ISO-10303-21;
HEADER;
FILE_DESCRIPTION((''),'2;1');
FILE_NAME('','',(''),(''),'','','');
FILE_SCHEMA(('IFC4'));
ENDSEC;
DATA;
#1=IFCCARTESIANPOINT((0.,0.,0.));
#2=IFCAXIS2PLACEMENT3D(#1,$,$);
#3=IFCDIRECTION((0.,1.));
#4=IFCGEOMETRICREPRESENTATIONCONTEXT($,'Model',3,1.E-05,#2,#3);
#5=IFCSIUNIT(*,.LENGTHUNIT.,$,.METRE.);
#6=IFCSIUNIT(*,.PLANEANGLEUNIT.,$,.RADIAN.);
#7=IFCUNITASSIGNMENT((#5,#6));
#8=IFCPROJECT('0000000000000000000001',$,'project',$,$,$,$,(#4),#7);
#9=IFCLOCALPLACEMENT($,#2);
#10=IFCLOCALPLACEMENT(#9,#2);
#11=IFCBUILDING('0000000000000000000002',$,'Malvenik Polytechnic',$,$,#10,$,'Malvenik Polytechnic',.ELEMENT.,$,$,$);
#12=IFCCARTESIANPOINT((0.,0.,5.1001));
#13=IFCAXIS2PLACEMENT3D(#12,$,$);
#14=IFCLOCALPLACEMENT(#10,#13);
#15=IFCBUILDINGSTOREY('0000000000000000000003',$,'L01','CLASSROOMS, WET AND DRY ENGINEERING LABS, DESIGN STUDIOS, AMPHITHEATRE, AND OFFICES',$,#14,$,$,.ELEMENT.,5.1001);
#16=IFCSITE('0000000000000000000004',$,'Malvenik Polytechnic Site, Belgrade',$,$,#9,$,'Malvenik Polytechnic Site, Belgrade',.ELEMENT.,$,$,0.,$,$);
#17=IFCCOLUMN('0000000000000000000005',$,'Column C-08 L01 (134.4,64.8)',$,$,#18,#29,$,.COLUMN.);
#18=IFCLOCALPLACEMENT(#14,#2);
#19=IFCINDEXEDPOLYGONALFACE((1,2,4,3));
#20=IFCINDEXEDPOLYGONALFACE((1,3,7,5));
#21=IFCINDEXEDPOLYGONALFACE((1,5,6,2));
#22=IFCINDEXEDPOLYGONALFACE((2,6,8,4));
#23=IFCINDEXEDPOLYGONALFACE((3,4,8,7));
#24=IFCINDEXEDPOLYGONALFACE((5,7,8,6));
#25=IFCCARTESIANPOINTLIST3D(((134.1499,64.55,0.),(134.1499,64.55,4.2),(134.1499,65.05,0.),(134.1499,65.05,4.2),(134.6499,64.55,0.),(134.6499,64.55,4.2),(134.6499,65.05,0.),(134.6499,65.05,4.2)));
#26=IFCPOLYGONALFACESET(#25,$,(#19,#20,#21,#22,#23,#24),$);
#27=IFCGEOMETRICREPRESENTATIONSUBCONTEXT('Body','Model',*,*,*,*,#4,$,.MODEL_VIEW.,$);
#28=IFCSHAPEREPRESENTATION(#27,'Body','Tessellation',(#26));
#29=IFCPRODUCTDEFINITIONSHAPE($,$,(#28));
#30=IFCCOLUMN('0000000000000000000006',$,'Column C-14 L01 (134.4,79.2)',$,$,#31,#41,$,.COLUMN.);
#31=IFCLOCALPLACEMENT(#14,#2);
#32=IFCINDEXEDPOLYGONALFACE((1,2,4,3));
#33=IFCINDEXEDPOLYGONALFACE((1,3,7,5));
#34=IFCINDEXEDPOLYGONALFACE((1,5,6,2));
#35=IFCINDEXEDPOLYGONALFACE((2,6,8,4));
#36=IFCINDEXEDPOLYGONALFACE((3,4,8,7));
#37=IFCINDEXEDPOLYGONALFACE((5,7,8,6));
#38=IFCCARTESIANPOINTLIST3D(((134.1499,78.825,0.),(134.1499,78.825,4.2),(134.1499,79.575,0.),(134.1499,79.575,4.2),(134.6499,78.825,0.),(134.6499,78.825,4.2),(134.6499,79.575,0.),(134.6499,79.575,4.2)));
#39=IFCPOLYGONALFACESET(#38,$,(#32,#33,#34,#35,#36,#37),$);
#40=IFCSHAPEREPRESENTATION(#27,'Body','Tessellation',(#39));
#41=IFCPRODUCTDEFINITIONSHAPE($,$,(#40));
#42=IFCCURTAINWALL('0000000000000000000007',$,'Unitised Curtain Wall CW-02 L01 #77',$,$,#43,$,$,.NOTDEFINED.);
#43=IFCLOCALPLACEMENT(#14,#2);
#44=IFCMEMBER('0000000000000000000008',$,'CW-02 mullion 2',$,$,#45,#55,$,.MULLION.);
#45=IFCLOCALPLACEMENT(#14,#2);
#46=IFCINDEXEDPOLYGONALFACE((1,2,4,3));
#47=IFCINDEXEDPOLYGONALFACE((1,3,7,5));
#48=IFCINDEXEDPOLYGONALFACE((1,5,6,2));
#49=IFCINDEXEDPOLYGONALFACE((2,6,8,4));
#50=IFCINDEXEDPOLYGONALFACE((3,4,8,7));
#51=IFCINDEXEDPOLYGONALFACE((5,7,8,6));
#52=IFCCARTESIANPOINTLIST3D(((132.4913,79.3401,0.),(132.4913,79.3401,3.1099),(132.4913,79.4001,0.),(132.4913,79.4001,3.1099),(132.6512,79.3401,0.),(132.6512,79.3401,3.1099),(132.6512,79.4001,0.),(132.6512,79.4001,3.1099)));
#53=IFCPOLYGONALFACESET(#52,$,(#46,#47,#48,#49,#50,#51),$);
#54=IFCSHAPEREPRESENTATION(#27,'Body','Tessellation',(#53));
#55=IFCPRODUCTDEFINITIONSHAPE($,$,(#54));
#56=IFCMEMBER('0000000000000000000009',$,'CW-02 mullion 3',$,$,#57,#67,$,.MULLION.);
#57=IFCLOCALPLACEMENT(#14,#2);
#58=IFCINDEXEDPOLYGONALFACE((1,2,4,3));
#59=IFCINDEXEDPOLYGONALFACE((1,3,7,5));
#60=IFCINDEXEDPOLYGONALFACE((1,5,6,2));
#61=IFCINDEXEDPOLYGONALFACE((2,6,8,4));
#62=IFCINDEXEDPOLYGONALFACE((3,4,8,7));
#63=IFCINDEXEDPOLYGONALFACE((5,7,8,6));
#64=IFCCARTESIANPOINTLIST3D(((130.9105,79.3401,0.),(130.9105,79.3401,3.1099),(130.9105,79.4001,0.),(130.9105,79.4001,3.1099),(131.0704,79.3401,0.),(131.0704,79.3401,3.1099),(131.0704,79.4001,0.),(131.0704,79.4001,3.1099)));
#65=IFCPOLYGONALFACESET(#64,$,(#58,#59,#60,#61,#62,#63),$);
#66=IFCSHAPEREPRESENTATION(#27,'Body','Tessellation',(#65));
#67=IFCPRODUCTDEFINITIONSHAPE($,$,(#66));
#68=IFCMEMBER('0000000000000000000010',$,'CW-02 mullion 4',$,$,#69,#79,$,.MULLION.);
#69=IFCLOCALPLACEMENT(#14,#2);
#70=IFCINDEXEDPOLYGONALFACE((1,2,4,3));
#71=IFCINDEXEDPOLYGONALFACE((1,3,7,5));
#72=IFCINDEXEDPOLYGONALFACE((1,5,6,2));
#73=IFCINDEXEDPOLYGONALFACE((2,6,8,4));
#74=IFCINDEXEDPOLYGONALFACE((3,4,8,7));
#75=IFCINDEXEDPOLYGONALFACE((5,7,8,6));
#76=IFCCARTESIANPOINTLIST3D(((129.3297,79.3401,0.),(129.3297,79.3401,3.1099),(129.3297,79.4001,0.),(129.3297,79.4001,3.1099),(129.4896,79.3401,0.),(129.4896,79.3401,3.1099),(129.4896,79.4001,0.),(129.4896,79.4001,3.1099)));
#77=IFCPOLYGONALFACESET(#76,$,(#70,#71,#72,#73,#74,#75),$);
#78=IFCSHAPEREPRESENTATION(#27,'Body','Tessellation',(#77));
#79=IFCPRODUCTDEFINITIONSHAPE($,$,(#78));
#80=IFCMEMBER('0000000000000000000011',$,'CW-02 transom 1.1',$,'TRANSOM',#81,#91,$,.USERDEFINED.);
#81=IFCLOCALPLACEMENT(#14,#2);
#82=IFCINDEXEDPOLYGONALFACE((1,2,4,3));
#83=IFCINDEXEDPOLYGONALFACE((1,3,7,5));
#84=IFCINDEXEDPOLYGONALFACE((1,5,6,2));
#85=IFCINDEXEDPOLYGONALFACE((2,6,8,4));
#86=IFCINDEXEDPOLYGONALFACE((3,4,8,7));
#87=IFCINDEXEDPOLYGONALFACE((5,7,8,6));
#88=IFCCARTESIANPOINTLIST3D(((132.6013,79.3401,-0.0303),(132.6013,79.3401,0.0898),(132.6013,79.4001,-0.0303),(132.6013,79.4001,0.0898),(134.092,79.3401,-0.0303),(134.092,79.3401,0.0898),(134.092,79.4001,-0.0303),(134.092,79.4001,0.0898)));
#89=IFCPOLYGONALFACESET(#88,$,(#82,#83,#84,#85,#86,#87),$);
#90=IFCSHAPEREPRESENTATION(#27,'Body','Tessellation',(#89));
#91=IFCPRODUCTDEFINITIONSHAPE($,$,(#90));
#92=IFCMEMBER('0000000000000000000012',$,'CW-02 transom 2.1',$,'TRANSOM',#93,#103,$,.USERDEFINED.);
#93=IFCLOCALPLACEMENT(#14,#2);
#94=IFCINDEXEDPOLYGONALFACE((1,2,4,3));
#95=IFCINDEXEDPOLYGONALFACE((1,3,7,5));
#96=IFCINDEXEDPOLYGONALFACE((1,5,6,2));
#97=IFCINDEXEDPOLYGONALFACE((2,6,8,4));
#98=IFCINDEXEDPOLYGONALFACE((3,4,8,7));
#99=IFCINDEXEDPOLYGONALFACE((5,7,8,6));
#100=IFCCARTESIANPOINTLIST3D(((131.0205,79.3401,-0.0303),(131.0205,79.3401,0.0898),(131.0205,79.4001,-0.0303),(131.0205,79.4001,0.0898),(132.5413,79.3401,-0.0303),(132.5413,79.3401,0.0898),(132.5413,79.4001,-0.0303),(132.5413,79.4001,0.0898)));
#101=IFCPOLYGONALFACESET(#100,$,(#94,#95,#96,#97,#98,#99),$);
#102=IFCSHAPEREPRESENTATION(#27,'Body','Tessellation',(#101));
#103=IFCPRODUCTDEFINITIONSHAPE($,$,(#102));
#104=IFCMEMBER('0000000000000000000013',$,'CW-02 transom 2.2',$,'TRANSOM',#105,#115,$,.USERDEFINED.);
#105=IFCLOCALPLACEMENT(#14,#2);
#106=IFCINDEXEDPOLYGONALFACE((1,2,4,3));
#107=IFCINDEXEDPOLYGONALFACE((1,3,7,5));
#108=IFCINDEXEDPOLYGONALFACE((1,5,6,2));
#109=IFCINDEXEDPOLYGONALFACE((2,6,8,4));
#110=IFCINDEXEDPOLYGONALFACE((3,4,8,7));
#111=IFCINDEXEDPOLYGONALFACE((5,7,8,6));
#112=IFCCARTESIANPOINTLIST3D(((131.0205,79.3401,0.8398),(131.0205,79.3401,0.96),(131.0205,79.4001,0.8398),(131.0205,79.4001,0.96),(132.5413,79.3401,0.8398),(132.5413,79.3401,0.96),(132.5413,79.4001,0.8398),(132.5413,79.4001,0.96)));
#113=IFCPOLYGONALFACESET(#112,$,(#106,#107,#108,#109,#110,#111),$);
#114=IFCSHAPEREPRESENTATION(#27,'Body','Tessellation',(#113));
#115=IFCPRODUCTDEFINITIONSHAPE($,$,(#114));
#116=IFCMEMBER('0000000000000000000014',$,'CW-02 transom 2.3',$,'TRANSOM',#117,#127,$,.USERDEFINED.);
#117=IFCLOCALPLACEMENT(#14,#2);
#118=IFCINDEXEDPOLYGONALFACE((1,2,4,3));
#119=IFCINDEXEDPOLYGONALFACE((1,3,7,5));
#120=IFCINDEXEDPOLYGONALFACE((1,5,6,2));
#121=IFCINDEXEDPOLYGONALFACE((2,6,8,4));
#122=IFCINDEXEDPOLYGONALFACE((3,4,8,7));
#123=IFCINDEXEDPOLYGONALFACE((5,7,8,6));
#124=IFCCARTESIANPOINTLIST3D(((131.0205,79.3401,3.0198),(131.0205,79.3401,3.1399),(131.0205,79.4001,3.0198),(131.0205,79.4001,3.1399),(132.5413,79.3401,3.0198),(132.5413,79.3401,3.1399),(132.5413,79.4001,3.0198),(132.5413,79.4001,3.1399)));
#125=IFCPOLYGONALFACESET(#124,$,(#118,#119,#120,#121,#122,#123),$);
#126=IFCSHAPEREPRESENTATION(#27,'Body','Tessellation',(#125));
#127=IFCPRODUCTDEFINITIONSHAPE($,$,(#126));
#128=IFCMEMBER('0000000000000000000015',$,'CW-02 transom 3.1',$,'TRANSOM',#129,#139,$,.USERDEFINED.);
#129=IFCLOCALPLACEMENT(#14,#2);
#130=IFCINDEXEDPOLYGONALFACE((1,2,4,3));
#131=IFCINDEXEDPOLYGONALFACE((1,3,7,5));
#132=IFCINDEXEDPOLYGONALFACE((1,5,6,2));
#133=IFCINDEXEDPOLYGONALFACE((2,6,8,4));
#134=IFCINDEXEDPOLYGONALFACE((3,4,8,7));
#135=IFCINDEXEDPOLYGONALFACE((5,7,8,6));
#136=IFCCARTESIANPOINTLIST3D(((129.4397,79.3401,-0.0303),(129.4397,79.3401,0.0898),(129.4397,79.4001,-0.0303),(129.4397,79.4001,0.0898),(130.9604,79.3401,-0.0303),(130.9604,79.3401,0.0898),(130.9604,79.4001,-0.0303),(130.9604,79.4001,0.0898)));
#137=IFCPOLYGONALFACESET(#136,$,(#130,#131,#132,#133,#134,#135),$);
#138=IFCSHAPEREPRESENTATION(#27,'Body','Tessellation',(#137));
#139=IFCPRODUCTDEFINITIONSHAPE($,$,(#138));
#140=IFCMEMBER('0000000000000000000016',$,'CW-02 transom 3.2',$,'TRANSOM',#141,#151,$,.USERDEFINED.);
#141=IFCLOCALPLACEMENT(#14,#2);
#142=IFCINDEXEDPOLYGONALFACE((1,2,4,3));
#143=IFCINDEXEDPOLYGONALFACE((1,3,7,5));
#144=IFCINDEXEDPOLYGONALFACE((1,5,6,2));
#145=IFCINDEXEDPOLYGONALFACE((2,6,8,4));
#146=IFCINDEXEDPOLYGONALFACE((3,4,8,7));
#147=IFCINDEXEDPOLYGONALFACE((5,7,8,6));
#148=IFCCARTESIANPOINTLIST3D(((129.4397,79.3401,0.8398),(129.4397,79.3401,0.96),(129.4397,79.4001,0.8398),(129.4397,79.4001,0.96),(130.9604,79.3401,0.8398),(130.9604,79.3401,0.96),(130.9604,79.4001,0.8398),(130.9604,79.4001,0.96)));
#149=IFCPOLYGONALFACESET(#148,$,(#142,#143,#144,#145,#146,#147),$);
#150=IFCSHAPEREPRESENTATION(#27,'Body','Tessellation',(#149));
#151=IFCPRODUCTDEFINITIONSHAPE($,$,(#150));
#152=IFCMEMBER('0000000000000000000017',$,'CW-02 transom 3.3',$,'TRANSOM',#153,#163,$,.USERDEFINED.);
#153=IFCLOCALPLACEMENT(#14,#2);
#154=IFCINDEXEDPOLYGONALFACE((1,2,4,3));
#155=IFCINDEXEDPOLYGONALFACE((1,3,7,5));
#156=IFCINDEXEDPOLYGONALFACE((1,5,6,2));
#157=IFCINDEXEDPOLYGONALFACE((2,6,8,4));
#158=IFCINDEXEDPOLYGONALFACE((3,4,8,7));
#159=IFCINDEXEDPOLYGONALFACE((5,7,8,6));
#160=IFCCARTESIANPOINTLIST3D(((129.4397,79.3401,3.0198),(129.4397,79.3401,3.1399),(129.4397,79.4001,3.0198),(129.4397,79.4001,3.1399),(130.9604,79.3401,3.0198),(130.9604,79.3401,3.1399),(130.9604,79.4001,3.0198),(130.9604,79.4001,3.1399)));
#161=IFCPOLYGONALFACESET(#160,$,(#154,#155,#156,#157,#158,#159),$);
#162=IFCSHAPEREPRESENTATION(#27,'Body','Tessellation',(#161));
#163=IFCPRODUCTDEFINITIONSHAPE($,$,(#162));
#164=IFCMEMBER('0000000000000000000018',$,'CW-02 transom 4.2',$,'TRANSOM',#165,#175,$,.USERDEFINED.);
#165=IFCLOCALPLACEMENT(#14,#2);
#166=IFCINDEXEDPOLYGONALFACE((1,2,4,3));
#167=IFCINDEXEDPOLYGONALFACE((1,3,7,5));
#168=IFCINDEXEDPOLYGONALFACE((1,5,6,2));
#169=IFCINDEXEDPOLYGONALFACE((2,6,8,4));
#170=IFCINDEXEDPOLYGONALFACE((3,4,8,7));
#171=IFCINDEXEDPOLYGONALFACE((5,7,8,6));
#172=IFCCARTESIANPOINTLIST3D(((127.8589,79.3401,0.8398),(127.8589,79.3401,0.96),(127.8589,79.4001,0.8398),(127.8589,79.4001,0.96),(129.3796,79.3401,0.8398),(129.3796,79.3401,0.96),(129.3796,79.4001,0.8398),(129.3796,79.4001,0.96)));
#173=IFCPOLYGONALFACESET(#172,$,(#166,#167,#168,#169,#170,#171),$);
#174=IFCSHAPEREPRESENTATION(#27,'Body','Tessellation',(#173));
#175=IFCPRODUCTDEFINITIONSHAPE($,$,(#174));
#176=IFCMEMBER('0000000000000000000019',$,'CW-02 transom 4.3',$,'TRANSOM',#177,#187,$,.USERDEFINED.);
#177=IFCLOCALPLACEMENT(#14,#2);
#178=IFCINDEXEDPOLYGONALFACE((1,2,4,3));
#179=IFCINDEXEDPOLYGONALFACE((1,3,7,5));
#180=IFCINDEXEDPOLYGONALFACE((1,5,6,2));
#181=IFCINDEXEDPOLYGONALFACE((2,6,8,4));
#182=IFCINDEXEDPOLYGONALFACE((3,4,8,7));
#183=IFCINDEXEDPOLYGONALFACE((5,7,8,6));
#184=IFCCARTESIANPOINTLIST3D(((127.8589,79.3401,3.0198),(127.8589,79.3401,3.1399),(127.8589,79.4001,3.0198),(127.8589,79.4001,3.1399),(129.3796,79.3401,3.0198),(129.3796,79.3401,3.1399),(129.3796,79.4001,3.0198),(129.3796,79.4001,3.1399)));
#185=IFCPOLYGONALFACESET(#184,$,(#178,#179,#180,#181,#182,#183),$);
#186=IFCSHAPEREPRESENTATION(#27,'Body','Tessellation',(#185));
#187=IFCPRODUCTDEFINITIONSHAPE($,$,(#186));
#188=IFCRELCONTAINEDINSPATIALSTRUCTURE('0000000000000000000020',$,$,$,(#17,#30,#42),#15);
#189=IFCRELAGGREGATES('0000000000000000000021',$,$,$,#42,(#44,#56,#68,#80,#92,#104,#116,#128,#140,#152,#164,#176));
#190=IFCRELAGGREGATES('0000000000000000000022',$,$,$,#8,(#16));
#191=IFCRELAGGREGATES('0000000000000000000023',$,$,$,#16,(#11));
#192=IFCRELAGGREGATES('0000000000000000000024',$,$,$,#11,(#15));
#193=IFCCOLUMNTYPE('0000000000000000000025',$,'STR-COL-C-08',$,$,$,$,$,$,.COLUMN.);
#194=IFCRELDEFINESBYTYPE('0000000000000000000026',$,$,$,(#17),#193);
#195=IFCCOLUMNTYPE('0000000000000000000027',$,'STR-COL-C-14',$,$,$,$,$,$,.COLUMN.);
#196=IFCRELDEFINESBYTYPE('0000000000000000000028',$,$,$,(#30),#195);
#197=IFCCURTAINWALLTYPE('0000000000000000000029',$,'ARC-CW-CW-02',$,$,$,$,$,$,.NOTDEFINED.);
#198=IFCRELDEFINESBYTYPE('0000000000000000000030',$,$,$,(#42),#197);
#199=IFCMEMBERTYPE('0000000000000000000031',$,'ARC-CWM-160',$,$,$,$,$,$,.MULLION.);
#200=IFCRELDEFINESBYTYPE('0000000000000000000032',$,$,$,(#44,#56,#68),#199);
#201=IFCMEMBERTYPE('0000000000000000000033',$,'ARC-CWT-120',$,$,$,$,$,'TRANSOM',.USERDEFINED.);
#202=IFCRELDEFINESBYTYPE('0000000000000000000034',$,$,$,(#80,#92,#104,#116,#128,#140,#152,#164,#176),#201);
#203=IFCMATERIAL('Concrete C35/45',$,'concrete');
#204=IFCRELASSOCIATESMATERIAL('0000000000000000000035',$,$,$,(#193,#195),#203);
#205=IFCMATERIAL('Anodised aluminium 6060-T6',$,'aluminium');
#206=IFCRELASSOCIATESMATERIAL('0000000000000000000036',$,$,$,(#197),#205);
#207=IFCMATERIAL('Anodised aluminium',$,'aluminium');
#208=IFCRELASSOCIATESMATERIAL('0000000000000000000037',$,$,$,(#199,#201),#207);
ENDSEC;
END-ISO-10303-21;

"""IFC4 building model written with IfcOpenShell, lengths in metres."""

from ifc_helpers import new_model, si_unit, direction, frame, origin, origin_2d, place, context, subcontext, project, spatial, rectangle, extrude, material, material_profile, profile_set, type_object, element, aggregate, save


model = new_model("IFC4")

# Units and contexts
model_context = context("Model", 3, precision=1e-05, world=origin(), true_north=direction((0.0, 1.0)))
body_context = subcontext(model_context, "Body", "Model", "MODEL_VIEW")
ifc_project = project(units=[si_unit("LENGTHUNIT", "METRE"), si_unit("PLANEANGLEUNIT", "RADIAN")], contexts=[model_context])

# Site, building, storey
site_placement = place(None, origin())
site = spatial("IfcSite", under=ifc_project, at=site_placement, Name="Malvenik Polytechnic Site, Belgrade", LongName="Malvenik Polytechnic Site, Belgrade", CompositionType="ELEMENT", RefElevation=0.0)
building_placement = place(site_placement, origin())
building = spatial("IfcBuilding", under=site, at=building_placement, Name="Malvenik Polytechnic", LongName="Malvenik Polytechnic", CompositionType="ELEMENT")
storey_placement = place(building_placement, frame((0.0, 0.0, 5.1001)))
storey = spatial("IfcBuildingStorey", under=building, at=storey_placement, Name="L01", Description="CLASSROOMS, WET AND DRY ENGINEERING LABS, DESIGN STUDIOS, AMPHITHEATRE, AND OFFICES", CompositionType="ELEMENT", Elevation=5.1001)

# Columns
ifc_material_1 = material(Name="Concrete C35/45", Category="concrete")
ifc_material_profile_1 = material_profile(ifc_material_1, rectangle(XDim=0.5, YDim=0.5, at=origin_2d()), Name="RC COL 500x500")
ifc_profile_set_1 = profile_set([ifc_material_profile_1], Name="Concrete C35/45")
column_type_1 = type_object("IfcColumnType", Name="STR-COL-C-08", PredefinedType="COLUMN", material=ifc_profile_set_1)
column_1_placement = place(storey_placement, frame((134.3999, 64.8, 0.0), z_axis=(0.0, 0.0, 1.0), x_axis=(1.0, 0.0, 0.0)))
element("IfcColumn", 1, at=column_1_placement, inside=storey, type_object=column_type_1, Name="Column C-08 L01 (134.4,64.8)", PredefinedType="COLUMN", context=body_context, shape_type="SweptSolid", body=[
    extrude(rectangle(XDim=0.5, YDim=0.5, at=origin_2d()), origin(), (0.0, 0.0, 1.0), 4.2),
])
ifc_material_profile_2 = material_profile(ifc_material_1, rectangle(XDim=0.5, YDim=0.75, at=origin_2d()), Name="RC COL 750x500")
ifc_profile_set_2 = profile_set([ifc_material_profile_2], Name="Concrete C35/45")
column_type_2 = type_object("IfcColumnType", Name="STR-COL-C-14", PredefinedType="COLUMN", material=ifc_profile_set_2)
column_2_placement = place(storey_placement, frame((134.3999, 79.2, 0.0), z_axis=(0.0, 0.0, 1.0), x_axis=(1.0, 0.0, 0.0)))
element("IfcColumn", 2, at=column_2_placement, inside=storey, type_object=column_type_2, Name="Column C-14 L01 (134.4,79.2)", PredefinedType="COLUMN", context=body_context, shape_type="SweptSolid", body=[
    extrude(rectangle(XDim=0.5, YDim=0.75, at=origin_2d()), origin(), (0.0, 0.0, 1.0), 4.2),
])

# Curtain wall, members
ifc_material_2 = material(Name="Anodised aluminium 6060-T6", Category="aluminium")
curtain_wall_type = type_object("IfcCurtainWallType", Name="ARC-CW-CW-02", PredefinedType="NOTDEFINED", material=ifc_material_2)
curtain_wall_placement = place(storey_placement, origin())
curtain_wall = element("IfcCurtainWall", 3, at=curtain_wall_placement, inside=storey, type_object=curtain_wall_type, Name="Unitised Curtain Wall CW-02 L01 #77", PredefinedType="NOTDEFINED")
ifc_material_3 = material(Name="Anodised aluminium", Category="aluminium")
ifc_material_profile_3 = material_profile(ifc_material_3, rectangle(XDim=0.0601, YDim=0.1599, at=origin_2d()), Name="ALU MULLION 60x160")
ifc_profile_set_3 = profile_set([ifc_material_profile_3], Name="Anodised aluminium")
member_type_1 = type_object("IfcMemberType", Name="ARC-CWM-160", PredefinedType="MULLION", material=ifc_profile_set_3)
member_1_placement = place(storey_placement, frame((132.5713, 79.3701, 0.0), z_axis=(0.0, 0.0, 1.0), x_axis=(0.0, -1.0, 0.0)))
member_1 = element("IfcMember", 4, at=member_1_placement, type_object=member_type_1, Name="CW-02 mullion 2", PredefinedType="MULLION", context=body_context, shape_type="SweptSolid", body=[
    extrude(rectangle(XDim=0.0601, YDim=0.1599, at=origin_2d()), origin(), (0.0, 0.0, 1.0), 3.1099),
])
member_2_placement = place(storey_placement, frame((130.9905, 79.3701, 0.0), z_axis=(0.0, 0.0, 1.0), x_axis=(0.0, -1.0, 0.0)))
member_2 = element("IfcMember", 5, at=member_2_placement, type_object=member_type_1, Name="CW-02 mullion 3", PredefinedType="MULLION", context=body_context, shape_type="SweptSolid", body=[
    extrude(rectangle(XDim=0.0601, YDim=0.1599, at=origin_2d()), origin(), (0.0, 0.0, 1.0), 3.1099),
])
member_3_placement = place(storey_placement, frame((129.4097, 79.3701, 0.0), z_axis=(0.0, 0.0, 1.0), x_axis=(0.0, -1.0, 0.0)))
member_3 = element("IfcMember", 6, at=member_3_placement, type_object=member_type_1, Name="CW-02 mullion 4", PredefinedType="MULLION", context=body_context, shape_type="SweptSolid", body=[
    extrude(rectangle(XDim=0.0601, YDim=0.1599, at=origin_2d()), origin(), (0.0, 0.0, 1.0), 3.1099),
])
ifc_material_profile_4 = material_profile(ifc_material_3, rectangle(XDim=0.0601, YDim=0.1201, at=origin_2d()), Name="ALU TRANSOM 60x120")
ifc_profile_set_4 = profile_set([ifc_material_profile_4], Name="Anodised aluminium")
member_type_2 = type_object("IfcMemberType", Name="ARC-CWT-120", ElementType="TRANSOM", PredefinedType="USERDEFINED", material=ifc_profile_set_4)
member_4_placement = place(storey_placement, frame((134.092, 79.3701, 0.0298), z_axis=(-1.0, 0.0, 0.0), x_axis=(0.0, -1.0, 0.0)))
member_4 = element("IfcMember", 7, at=member_4_placement, type_object=member_type_2, Name="CW-02 transom 1.1", ObjectType="TRANSOM", PredefinedType="USERDEFINED", context=body_context, shape_type="SweptSolid", body=[
    extrude(rectangle(XDim=0.0601, YDim=0.1201, at=origin_2d()), origin(), (0.0, 0.0, 1.0), 1.4907),
])
member_5_placement = place(storey_placement, frame((132.5413, 79.3701, 0.0298), z_axis=(-1.0, 0.0, 0.0), x_axis=(0.0, -1.0, 0.0)))
member_5 = element("IfcMember", 8, at=member_5_placement, type_object=member_type_2, Name="CW-02 transom 2.1", ObjectType="TRANSOM", PredefinedType="USERDEFINED", context=body_context, shape_type="SweptSolid", body=[
    extrude(rectangle(XDim=0.0601, YDim=0.1201, at=origin_2d()), origin(), (0.0, 0.0, 1.0), 1.5208),
])
member_6_placement = place(storey_placement, frame((132.5413, 79.3701, 0.8999), z_axis=(-1.0, 0.0, 0.0), x_axis=(0.0, -1.0, 0.0)))
member_6 = element("IfcMember", 9, at=member_6_placement, type_object=member_type_2, Name="CW-02 transom 2.2", ObjectType="TRANSOM", PredefinedType="USERDEFINED", context=body_context, shape_type="SweptSolid", body=[
    extrude(rectangle(XDim=0.0601, YDim=0.1201, at=origin_2d()), origin(), (0.0, 0.0, 1.0), 1.5208),
])
member_7_placement = place(storey_placement, frame((132.5413, 79.3701, 3.0798), z_axis=(-1.0, 0.0, 0.0), x_axis=(0.0, -1.0, 0.0)))
member_7 = element("IfcMember", 10, at=member_7_placement, type_object=member_type_2, Name="CW-02 transom 2.3", ObjectType="TRANSOM", PredefinedType="USERDEFINED", context=body_context, shape_type="SweptSolid", body=[
    extrude(rectangle(XDim=0.0601, YDim=0.1201, at=origin_2d()), origin(), (0.0, 0.0, 1.0), 1.5208),
])
member_8_placement = place(storey_placement, frame((130.9604, 79.3701, 0.0298), z_axis=(-1.0, 0.0, 0.0), x_axis=(0.0, -1.0, 0.0)))
member_8 = element("IfcMember", 11, at=member_8_placement, type_object=member_type_2, Name="CW-02 transom 3.1", ObjectType="TRANSOM", PredefinedType="USERDEFINED", context=body_context, shape_type="SweptSolid", body=[
    extrude(rectangle(XDim=0.0601, YDim=0.1201, at=origin_2d()), origin(), (0.0, 0.0, 1.0), 1.5208),
])
member_9_placement = place(storey_placement, frame((130.9604, 79.3701, 0.8999), z_axis=(-1.0, 0.0, 0.0), x_axis=(0.0, -1.0, 0.0)))
member_9 = element("IfcMember", 12, at=member_9_placement, type_object=member_type_2, Name="CW-02 transom 3.2", ObjectType="TRANSOM", PredefinedType="USERDEFINED", context=body_context, shape_type="SweptSolid", body=[
    extrude(rectangle(XDim=0.0601, YDim=0.1201, at=origin_2d()), origin(), (0.0, 0.0, 1.0), 1.5208),
])
member_10_placement = place(storey_placement, frame((130.9604, 79.3701, 3.0798), z_axis=(-1.0, 0.0, 0.0), x_axis=(0.0, -1.0, 0.0)))
member_10 = element("IfcMember", 13, at=member_10_placement, type_object=member_type_2, Name="CW-02 transom 3.3", ObjectType="TRANSOM", PredefinedType="USERDEFINED", context=body_context, shape_type="SweptSolid", body=[
    extrude(rectangle(XDim=0.0601, YDim=0.1201, at=origin_2d()), origin(), (0.0, 0.0, 1.0), 1.5208),
])
member_11_placement = place(storey_placement, frame((129.3796, 79.3701, 0.8999), z_axis=(-1.0, 0.0, 0.0), x_axis=(0.0, -1.0, 0.0)))
member_11 = element("IfcMember", 14, at=member_11_placement, type_object=member_type_2, Name="CW-02 transom 4.2", ObjectType="TRANSOM", PredefinedType="USERDEFINED", context=body_context, shape_type="SweptSolid", body=[
    extrude(rectangle(XDim=0.0601, YDim=0.1201, at=origin_2d()), origin(), (0.0, 0.0, 1.0), 1.5208),
])
member_12_placement = place(storey_placement, frame((129.3796, 79.3701, 3.0798), z_axis=(-1.0, 0.0, 0.0), x_axis=(0.0, -1.0, 0.0)))
member_12 = element("IfcMember", 15, at=member_12_placement, type_object=member_type_2, Name="CW-02 transom 4.3", ObjectType="TRANSOM", PredefinedType="USERDEFINED", context=body_context, shape_type="SweptSolid", body=[
    extrude(rectangle(XDim=0.0601, YDim=0.1201, at=origin_2d()), origin(), (0.0, 0.0, 1.0), 1.5208),
])
aggregate(curtain_wall, [member_1, member_2, member_3, member_4, member_5, member_6, member_7, member_8, member_9, member_10, member_11, member_12])

save(model, "model.ifc")
